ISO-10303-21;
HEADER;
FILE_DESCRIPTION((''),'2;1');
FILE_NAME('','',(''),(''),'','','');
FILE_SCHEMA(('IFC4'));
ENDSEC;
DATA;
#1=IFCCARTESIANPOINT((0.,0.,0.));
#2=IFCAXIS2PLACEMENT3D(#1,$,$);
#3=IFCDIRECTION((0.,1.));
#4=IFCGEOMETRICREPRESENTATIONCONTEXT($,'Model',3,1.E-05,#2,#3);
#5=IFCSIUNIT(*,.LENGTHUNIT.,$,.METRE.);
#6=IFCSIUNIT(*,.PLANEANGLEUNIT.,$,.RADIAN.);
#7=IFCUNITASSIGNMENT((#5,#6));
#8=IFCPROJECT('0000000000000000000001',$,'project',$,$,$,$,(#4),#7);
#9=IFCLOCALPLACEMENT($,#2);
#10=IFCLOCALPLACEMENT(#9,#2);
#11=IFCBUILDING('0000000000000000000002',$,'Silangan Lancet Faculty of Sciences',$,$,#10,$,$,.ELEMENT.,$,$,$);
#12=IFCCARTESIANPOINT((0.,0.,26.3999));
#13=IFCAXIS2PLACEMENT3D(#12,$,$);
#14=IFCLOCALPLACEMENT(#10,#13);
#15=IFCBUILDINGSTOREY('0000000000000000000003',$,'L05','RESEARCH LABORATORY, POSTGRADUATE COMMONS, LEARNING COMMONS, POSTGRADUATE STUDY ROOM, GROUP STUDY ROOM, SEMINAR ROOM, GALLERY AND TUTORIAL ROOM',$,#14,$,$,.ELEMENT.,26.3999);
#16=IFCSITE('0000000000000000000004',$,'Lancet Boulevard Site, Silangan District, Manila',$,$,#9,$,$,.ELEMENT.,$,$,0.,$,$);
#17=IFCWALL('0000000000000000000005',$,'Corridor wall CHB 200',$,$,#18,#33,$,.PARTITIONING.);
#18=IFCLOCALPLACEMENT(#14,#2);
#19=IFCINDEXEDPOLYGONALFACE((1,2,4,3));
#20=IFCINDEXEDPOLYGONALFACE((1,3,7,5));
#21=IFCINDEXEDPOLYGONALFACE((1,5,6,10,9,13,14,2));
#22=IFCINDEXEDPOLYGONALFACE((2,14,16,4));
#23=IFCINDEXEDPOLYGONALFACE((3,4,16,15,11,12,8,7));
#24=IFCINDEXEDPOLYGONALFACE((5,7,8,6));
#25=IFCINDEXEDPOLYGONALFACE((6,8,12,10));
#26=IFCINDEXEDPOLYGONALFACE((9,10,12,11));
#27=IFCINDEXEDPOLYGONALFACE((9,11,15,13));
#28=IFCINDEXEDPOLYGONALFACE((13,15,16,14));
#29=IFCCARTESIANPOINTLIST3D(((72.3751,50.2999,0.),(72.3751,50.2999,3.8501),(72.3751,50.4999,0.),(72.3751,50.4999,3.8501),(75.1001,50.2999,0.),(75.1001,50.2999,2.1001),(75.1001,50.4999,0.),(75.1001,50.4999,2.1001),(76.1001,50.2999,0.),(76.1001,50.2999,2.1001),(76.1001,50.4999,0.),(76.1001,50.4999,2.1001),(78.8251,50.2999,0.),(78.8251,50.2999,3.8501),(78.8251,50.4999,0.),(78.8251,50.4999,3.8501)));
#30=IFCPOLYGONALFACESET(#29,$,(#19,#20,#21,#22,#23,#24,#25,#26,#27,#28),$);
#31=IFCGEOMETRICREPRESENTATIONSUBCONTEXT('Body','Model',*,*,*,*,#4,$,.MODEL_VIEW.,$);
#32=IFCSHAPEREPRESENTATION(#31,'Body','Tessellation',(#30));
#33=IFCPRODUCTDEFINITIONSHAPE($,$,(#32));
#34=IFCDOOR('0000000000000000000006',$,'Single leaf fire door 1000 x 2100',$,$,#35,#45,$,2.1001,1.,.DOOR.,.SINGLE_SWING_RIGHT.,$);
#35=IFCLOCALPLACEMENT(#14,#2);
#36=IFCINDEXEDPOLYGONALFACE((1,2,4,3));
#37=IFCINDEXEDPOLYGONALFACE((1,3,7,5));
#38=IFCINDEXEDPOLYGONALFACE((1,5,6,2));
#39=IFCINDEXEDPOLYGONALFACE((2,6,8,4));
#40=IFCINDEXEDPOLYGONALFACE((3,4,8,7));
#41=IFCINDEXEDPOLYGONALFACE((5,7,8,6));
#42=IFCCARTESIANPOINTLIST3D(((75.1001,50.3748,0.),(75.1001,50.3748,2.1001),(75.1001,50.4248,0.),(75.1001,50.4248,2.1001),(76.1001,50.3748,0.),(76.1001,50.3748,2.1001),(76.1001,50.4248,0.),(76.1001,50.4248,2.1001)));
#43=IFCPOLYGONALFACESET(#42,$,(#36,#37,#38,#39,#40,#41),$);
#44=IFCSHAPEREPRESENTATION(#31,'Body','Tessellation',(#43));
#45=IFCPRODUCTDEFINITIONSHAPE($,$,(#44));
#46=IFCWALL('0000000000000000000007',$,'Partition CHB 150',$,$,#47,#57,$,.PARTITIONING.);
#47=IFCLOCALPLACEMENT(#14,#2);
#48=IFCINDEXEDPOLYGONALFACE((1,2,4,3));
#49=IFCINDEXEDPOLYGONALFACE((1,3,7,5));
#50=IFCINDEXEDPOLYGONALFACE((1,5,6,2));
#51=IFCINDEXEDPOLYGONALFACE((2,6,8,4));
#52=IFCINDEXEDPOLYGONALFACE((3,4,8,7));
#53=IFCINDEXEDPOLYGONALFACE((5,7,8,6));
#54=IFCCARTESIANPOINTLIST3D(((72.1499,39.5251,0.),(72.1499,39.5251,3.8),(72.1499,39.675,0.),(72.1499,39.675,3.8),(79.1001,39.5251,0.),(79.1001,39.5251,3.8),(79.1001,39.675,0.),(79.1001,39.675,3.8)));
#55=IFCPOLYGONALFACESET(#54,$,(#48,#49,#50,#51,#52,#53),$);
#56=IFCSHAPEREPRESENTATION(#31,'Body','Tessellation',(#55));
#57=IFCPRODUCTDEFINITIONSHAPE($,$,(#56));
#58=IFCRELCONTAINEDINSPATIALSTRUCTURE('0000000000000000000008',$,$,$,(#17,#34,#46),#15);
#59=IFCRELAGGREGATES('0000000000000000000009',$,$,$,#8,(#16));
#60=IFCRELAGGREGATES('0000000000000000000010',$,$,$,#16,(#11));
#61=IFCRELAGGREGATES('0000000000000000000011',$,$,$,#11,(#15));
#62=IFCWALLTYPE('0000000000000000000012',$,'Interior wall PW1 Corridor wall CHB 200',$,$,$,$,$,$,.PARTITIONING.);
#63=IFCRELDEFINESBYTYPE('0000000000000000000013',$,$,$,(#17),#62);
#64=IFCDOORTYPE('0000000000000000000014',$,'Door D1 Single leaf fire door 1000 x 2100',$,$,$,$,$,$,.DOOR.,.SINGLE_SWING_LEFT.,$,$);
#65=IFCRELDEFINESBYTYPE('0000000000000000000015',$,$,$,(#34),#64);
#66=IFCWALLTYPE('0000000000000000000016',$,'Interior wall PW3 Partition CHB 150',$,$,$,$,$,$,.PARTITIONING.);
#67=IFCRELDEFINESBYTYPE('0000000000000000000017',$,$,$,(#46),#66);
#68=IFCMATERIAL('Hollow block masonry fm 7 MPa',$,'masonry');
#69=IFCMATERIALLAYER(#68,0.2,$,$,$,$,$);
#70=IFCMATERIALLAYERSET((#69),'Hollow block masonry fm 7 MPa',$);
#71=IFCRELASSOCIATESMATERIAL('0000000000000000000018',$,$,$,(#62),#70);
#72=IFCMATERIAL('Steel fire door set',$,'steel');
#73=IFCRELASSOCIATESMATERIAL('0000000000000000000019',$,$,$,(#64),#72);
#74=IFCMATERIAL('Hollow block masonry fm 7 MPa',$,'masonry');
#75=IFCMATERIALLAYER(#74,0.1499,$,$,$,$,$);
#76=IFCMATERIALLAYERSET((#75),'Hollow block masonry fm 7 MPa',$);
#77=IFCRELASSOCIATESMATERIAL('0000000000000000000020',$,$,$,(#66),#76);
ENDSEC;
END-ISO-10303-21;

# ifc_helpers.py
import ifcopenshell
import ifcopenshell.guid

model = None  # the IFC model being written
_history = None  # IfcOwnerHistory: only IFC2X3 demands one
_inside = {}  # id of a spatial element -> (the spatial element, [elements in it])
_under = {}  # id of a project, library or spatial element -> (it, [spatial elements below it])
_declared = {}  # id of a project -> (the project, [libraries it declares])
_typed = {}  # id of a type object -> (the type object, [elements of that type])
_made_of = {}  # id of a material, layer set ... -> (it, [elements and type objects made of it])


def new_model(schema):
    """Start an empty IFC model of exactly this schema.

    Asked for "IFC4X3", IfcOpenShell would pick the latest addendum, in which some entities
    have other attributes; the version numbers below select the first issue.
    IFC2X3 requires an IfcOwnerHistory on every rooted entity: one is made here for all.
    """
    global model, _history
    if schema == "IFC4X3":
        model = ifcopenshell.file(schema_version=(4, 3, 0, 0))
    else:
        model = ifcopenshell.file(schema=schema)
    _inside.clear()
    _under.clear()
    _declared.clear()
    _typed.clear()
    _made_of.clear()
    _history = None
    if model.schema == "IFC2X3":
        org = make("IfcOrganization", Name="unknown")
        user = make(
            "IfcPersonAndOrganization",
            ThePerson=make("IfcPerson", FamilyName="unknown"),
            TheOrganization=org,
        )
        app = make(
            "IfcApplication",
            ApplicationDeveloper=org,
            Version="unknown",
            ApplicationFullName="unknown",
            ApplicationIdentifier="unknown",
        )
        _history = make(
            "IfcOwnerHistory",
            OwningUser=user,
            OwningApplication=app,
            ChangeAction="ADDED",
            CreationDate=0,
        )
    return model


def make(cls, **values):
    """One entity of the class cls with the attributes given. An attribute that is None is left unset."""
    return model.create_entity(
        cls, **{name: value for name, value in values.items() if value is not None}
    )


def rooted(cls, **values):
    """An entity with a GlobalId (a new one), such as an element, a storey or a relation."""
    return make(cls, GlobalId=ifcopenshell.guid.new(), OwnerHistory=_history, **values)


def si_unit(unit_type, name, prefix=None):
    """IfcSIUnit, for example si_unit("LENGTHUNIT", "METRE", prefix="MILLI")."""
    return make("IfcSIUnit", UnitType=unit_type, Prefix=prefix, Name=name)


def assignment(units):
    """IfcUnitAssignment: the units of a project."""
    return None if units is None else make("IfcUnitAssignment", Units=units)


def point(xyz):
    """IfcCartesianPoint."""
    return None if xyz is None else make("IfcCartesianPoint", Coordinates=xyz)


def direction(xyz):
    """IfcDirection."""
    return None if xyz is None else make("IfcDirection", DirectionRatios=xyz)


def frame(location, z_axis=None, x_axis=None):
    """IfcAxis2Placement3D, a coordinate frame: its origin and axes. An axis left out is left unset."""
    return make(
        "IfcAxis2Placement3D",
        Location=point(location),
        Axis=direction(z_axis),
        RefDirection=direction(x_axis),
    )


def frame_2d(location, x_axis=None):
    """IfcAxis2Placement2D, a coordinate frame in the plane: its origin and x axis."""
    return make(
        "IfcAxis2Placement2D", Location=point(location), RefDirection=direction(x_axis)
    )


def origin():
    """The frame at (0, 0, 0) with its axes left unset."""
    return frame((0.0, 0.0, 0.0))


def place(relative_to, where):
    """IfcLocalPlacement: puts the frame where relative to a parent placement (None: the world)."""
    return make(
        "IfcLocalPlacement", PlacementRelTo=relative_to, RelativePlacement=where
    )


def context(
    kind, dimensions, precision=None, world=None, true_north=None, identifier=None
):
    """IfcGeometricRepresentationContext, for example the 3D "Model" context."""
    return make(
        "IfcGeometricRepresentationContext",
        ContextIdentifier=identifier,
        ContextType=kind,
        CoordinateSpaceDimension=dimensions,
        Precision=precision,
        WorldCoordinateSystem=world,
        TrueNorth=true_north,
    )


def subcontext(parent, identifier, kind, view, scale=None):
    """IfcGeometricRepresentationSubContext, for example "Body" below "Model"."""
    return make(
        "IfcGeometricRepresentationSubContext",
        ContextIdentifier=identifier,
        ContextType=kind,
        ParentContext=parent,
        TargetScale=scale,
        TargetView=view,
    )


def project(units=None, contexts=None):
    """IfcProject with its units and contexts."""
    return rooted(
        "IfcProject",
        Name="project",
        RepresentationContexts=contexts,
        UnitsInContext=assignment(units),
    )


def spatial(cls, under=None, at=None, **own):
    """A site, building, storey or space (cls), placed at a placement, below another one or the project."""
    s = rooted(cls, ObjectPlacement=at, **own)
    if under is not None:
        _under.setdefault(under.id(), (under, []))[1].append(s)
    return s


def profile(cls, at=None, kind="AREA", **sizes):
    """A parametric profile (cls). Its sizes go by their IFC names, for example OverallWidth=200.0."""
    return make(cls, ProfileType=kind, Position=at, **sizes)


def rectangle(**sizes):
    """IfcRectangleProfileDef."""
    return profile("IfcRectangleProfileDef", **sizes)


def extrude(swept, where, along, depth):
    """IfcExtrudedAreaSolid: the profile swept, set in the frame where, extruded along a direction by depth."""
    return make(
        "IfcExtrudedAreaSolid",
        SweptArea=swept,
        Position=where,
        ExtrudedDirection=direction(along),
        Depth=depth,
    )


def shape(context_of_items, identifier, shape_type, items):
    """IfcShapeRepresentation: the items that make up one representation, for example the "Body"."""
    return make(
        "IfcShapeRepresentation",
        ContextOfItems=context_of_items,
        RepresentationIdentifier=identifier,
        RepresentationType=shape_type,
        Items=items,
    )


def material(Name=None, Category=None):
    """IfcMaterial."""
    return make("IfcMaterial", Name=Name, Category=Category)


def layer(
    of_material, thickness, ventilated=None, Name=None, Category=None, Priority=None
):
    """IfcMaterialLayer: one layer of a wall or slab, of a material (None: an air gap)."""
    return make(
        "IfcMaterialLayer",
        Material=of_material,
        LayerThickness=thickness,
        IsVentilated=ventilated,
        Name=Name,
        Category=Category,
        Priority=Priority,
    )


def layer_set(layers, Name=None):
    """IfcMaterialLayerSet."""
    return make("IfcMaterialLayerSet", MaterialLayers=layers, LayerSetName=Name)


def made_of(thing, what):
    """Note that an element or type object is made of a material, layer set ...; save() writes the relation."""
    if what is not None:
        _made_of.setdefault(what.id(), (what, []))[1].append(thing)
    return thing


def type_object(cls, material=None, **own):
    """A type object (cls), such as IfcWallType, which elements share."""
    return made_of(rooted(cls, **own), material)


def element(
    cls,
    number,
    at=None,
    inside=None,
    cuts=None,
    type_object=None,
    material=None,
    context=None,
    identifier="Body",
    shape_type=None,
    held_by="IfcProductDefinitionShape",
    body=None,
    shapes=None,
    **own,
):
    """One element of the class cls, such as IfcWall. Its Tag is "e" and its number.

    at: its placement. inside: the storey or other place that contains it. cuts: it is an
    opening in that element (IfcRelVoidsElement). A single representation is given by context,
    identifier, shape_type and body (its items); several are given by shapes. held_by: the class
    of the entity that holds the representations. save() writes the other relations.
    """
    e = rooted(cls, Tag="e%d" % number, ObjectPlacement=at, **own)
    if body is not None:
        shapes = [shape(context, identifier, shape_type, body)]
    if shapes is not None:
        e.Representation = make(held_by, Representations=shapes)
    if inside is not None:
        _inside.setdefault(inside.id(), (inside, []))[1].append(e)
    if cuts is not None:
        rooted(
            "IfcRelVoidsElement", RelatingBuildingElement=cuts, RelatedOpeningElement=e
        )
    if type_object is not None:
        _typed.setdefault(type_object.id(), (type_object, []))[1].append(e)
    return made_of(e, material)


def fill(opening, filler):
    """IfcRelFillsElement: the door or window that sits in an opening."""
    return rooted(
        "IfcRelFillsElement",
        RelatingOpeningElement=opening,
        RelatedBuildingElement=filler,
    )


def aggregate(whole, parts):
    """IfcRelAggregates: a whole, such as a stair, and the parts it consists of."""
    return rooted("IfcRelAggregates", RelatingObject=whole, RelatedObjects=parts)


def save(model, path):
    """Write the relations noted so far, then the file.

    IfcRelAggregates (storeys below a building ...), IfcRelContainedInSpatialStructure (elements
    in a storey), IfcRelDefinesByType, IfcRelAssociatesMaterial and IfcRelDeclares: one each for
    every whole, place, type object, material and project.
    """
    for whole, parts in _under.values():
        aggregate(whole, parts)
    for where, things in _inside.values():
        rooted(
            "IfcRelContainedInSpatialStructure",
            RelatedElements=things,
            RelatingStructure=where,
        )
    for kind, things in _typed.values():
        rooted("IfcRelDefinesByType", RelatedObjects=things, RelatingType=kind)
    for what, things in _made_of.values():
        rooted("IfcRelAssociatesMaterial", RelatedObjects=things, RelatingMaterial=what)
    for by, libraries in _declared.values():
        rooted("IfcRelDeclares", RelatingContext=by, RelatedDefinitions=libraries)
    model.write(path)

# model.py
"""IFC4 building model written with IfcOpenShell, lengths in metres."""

from ifc_helpers import new_model, si_unit, direction, frame, frame_2d, origin, place, context, subcontext, project, spatial, rectangle, extrude, material, layer, layer_set, type_object, element, fill, save


model = new_model("IFC4")

# Units and contexts
model_context = context("Model", 3, precision=1e-05, world=origin(), true_north=direction((0.0, 1.0)))
body_context = subcontext(model_context, "Body", "Model", "MODEL_VIEW")
ifc_project = project(units=[si_unit("LENGTHUNIT", "METRE"), si_unit("PLANEANGLEUNIT", "RADIAN")], contexts=[model_context])

# Site, building, storey
site_placement = place(None, origin())
site = spatial("IfcSite", under=ifc_project, at=site_placement, Name="Lancet Boulevard Site, Silangan District, Manila", CompositionType="ELEMENT", RefElevation=0.0)
building_placement = place(site_placement, origin())
building = spatial("IfcBuilding", under=site, at=building_placement, Name="Silangan Lancet Faculty of Sciences", CompositionType="ELEMENT")
storey_placement = place(building_placement, frame((0.0, 0.0, 26.3999)))
storey = spatial("IfcBuildingStorey", under=building, at=storey_placement, Name="L05", Description="RESEARCH LABORATORY, POSTGRADUATE COMMONS, LEARNING COMMONS, POSTGRADUATE STUDY ROOM, GROUP STUDY ROOM, SEMINAR ROOM, GALLERY AND TUTORIAL ROOM", CompositionType="ELEMENT", Elevation=26.3999)

# Wall, opening, door
ifc_material_1 = material(Name="Hollow block masonry fm 7 MPa", Category="masonry")
ifc_layer_1 = layer(ifc_material_1, 0.2)
ifc_layer_set_1 = layer_set([ifc_layer_1], Name="Hollow block masonry fm 7 MPa")
wall_type_1 = type_object("IfcWallType", Name="Interior wall PW1 Corridor wall CHB 200", PredefinedType="PARTITIONING", material=ifc_layer_set_1)
wall_1_placement = place(storey_placement, frame((72.375, 50.3999, 0.0), z_axis=(0.0, 0.0, 1.0), x_axis=(1.0, 0.0, 0.0)))
wall_1 = element("IfcWall", 1, at=wall_1_placement, inside=storey, type_object=wall_type_1, Name="Corridor wall CHB 200", PredefinedType="PARTITIONING", context=body_context, shape_type="SweptSolid", body=[
    extrude(rectangle(XDim=6.45, YDim=0.2, at=frame_2d((3.2251, 0.0))), origin(), (0.0, 0.0, 1.0), 3.8501),
])
opening_1_placement = place(wall_1_placement, frame((2.7251, 0.0, 0.0)))
opening_1 = element("IfcOpeningElement", 2, at=opening_1_placement, cuts=wall_1, PredefinedType="OPENING", context=body_context, shape_type="SweptSolid", body=[
    extrude(rectangle(XDim=1.0, YDim=2.1001, at=frame_2d((0.5, 1.05))), frame((0.0, 0.1099, 0.0), z_axis=(0.0, -1.0, 0.0), x_axis=(1.0, 0.0, 0.0)), (0.0, 0.0, 1.0), 0.22),
])
ifc_material_2 = material(Name="Steel fire door set", Category="steel")
door_type_1 = type_object("IfcDoorType", Name="Door D1 Single leaf fire door 1000 x 2100", OperationType="SINGLE_SWING_LEFT", PredefinedType="DOOR", material=ifc_material_2)
door_1_placement = place(opening_1_placement, origin())
door_1 = element("IfcDoor", 3, at=door_1_placement, inside=storey, type_object=door_type_1, Name="Single leaf fire door 1000 x 2100", OperationType="SINGLE_SWING_RIGHT", OverallHeight=2.1001, OverallWidth=1.0, PredefinedType="DOOR", context=body_context, shape_type="SweptSolid", body=[
    extrude(rectangle(XDim=1.0, YDim=2.1001, at=frame_2d((0.5, 1.05))), frame((0.0, 0.0249, 0.0), z_axis=(0.0, -1.0, 0.0), x_axis=(1.0, 0.0, 0.0)), (0.0, 0.0, 1.0), 0.05),
])
fill(opening_1, door_1)

# Wall
ifc_material_3 = material(Name="Hollow block masonry fm 7 MPa", Category="masonry")
ifc_layer_2 = layer(ifc_material_3, 0.1499)
ifc_layer_set_2 = layer_set([ifc_layer_2], Name="Hollow block masonry fm 7 MPa")
wall_type_2 = type_object("IfcWallType", Name="Interior wall PW3 Partition CHB 150", PredefinedType="PARTITIONING", material=ifc_layer_set_2)
wall_2_placement = place(storey_placement, frame((72.1499, 39.6001, 0.0), z_axis=(0.0, 0.0, 1.0), x_axis=(1.0, 0.0, 0.0)))
element("IfcWall", 4, at=wall_2_placement, inside=storey, type_object=wall_type_2, Name="Partition CHB 150", PredefinedType="PARTITIONING", context=body_context, shape_type="SweptSolid", body=[
    extrude(rectangle(XDim=6.9502, YDim=0.1499, at=frame_2d((3.4751, 0.0))), origin(), (0.0, 0.0, 1.0), 3.8),
])

save(model, "model.ifc")
